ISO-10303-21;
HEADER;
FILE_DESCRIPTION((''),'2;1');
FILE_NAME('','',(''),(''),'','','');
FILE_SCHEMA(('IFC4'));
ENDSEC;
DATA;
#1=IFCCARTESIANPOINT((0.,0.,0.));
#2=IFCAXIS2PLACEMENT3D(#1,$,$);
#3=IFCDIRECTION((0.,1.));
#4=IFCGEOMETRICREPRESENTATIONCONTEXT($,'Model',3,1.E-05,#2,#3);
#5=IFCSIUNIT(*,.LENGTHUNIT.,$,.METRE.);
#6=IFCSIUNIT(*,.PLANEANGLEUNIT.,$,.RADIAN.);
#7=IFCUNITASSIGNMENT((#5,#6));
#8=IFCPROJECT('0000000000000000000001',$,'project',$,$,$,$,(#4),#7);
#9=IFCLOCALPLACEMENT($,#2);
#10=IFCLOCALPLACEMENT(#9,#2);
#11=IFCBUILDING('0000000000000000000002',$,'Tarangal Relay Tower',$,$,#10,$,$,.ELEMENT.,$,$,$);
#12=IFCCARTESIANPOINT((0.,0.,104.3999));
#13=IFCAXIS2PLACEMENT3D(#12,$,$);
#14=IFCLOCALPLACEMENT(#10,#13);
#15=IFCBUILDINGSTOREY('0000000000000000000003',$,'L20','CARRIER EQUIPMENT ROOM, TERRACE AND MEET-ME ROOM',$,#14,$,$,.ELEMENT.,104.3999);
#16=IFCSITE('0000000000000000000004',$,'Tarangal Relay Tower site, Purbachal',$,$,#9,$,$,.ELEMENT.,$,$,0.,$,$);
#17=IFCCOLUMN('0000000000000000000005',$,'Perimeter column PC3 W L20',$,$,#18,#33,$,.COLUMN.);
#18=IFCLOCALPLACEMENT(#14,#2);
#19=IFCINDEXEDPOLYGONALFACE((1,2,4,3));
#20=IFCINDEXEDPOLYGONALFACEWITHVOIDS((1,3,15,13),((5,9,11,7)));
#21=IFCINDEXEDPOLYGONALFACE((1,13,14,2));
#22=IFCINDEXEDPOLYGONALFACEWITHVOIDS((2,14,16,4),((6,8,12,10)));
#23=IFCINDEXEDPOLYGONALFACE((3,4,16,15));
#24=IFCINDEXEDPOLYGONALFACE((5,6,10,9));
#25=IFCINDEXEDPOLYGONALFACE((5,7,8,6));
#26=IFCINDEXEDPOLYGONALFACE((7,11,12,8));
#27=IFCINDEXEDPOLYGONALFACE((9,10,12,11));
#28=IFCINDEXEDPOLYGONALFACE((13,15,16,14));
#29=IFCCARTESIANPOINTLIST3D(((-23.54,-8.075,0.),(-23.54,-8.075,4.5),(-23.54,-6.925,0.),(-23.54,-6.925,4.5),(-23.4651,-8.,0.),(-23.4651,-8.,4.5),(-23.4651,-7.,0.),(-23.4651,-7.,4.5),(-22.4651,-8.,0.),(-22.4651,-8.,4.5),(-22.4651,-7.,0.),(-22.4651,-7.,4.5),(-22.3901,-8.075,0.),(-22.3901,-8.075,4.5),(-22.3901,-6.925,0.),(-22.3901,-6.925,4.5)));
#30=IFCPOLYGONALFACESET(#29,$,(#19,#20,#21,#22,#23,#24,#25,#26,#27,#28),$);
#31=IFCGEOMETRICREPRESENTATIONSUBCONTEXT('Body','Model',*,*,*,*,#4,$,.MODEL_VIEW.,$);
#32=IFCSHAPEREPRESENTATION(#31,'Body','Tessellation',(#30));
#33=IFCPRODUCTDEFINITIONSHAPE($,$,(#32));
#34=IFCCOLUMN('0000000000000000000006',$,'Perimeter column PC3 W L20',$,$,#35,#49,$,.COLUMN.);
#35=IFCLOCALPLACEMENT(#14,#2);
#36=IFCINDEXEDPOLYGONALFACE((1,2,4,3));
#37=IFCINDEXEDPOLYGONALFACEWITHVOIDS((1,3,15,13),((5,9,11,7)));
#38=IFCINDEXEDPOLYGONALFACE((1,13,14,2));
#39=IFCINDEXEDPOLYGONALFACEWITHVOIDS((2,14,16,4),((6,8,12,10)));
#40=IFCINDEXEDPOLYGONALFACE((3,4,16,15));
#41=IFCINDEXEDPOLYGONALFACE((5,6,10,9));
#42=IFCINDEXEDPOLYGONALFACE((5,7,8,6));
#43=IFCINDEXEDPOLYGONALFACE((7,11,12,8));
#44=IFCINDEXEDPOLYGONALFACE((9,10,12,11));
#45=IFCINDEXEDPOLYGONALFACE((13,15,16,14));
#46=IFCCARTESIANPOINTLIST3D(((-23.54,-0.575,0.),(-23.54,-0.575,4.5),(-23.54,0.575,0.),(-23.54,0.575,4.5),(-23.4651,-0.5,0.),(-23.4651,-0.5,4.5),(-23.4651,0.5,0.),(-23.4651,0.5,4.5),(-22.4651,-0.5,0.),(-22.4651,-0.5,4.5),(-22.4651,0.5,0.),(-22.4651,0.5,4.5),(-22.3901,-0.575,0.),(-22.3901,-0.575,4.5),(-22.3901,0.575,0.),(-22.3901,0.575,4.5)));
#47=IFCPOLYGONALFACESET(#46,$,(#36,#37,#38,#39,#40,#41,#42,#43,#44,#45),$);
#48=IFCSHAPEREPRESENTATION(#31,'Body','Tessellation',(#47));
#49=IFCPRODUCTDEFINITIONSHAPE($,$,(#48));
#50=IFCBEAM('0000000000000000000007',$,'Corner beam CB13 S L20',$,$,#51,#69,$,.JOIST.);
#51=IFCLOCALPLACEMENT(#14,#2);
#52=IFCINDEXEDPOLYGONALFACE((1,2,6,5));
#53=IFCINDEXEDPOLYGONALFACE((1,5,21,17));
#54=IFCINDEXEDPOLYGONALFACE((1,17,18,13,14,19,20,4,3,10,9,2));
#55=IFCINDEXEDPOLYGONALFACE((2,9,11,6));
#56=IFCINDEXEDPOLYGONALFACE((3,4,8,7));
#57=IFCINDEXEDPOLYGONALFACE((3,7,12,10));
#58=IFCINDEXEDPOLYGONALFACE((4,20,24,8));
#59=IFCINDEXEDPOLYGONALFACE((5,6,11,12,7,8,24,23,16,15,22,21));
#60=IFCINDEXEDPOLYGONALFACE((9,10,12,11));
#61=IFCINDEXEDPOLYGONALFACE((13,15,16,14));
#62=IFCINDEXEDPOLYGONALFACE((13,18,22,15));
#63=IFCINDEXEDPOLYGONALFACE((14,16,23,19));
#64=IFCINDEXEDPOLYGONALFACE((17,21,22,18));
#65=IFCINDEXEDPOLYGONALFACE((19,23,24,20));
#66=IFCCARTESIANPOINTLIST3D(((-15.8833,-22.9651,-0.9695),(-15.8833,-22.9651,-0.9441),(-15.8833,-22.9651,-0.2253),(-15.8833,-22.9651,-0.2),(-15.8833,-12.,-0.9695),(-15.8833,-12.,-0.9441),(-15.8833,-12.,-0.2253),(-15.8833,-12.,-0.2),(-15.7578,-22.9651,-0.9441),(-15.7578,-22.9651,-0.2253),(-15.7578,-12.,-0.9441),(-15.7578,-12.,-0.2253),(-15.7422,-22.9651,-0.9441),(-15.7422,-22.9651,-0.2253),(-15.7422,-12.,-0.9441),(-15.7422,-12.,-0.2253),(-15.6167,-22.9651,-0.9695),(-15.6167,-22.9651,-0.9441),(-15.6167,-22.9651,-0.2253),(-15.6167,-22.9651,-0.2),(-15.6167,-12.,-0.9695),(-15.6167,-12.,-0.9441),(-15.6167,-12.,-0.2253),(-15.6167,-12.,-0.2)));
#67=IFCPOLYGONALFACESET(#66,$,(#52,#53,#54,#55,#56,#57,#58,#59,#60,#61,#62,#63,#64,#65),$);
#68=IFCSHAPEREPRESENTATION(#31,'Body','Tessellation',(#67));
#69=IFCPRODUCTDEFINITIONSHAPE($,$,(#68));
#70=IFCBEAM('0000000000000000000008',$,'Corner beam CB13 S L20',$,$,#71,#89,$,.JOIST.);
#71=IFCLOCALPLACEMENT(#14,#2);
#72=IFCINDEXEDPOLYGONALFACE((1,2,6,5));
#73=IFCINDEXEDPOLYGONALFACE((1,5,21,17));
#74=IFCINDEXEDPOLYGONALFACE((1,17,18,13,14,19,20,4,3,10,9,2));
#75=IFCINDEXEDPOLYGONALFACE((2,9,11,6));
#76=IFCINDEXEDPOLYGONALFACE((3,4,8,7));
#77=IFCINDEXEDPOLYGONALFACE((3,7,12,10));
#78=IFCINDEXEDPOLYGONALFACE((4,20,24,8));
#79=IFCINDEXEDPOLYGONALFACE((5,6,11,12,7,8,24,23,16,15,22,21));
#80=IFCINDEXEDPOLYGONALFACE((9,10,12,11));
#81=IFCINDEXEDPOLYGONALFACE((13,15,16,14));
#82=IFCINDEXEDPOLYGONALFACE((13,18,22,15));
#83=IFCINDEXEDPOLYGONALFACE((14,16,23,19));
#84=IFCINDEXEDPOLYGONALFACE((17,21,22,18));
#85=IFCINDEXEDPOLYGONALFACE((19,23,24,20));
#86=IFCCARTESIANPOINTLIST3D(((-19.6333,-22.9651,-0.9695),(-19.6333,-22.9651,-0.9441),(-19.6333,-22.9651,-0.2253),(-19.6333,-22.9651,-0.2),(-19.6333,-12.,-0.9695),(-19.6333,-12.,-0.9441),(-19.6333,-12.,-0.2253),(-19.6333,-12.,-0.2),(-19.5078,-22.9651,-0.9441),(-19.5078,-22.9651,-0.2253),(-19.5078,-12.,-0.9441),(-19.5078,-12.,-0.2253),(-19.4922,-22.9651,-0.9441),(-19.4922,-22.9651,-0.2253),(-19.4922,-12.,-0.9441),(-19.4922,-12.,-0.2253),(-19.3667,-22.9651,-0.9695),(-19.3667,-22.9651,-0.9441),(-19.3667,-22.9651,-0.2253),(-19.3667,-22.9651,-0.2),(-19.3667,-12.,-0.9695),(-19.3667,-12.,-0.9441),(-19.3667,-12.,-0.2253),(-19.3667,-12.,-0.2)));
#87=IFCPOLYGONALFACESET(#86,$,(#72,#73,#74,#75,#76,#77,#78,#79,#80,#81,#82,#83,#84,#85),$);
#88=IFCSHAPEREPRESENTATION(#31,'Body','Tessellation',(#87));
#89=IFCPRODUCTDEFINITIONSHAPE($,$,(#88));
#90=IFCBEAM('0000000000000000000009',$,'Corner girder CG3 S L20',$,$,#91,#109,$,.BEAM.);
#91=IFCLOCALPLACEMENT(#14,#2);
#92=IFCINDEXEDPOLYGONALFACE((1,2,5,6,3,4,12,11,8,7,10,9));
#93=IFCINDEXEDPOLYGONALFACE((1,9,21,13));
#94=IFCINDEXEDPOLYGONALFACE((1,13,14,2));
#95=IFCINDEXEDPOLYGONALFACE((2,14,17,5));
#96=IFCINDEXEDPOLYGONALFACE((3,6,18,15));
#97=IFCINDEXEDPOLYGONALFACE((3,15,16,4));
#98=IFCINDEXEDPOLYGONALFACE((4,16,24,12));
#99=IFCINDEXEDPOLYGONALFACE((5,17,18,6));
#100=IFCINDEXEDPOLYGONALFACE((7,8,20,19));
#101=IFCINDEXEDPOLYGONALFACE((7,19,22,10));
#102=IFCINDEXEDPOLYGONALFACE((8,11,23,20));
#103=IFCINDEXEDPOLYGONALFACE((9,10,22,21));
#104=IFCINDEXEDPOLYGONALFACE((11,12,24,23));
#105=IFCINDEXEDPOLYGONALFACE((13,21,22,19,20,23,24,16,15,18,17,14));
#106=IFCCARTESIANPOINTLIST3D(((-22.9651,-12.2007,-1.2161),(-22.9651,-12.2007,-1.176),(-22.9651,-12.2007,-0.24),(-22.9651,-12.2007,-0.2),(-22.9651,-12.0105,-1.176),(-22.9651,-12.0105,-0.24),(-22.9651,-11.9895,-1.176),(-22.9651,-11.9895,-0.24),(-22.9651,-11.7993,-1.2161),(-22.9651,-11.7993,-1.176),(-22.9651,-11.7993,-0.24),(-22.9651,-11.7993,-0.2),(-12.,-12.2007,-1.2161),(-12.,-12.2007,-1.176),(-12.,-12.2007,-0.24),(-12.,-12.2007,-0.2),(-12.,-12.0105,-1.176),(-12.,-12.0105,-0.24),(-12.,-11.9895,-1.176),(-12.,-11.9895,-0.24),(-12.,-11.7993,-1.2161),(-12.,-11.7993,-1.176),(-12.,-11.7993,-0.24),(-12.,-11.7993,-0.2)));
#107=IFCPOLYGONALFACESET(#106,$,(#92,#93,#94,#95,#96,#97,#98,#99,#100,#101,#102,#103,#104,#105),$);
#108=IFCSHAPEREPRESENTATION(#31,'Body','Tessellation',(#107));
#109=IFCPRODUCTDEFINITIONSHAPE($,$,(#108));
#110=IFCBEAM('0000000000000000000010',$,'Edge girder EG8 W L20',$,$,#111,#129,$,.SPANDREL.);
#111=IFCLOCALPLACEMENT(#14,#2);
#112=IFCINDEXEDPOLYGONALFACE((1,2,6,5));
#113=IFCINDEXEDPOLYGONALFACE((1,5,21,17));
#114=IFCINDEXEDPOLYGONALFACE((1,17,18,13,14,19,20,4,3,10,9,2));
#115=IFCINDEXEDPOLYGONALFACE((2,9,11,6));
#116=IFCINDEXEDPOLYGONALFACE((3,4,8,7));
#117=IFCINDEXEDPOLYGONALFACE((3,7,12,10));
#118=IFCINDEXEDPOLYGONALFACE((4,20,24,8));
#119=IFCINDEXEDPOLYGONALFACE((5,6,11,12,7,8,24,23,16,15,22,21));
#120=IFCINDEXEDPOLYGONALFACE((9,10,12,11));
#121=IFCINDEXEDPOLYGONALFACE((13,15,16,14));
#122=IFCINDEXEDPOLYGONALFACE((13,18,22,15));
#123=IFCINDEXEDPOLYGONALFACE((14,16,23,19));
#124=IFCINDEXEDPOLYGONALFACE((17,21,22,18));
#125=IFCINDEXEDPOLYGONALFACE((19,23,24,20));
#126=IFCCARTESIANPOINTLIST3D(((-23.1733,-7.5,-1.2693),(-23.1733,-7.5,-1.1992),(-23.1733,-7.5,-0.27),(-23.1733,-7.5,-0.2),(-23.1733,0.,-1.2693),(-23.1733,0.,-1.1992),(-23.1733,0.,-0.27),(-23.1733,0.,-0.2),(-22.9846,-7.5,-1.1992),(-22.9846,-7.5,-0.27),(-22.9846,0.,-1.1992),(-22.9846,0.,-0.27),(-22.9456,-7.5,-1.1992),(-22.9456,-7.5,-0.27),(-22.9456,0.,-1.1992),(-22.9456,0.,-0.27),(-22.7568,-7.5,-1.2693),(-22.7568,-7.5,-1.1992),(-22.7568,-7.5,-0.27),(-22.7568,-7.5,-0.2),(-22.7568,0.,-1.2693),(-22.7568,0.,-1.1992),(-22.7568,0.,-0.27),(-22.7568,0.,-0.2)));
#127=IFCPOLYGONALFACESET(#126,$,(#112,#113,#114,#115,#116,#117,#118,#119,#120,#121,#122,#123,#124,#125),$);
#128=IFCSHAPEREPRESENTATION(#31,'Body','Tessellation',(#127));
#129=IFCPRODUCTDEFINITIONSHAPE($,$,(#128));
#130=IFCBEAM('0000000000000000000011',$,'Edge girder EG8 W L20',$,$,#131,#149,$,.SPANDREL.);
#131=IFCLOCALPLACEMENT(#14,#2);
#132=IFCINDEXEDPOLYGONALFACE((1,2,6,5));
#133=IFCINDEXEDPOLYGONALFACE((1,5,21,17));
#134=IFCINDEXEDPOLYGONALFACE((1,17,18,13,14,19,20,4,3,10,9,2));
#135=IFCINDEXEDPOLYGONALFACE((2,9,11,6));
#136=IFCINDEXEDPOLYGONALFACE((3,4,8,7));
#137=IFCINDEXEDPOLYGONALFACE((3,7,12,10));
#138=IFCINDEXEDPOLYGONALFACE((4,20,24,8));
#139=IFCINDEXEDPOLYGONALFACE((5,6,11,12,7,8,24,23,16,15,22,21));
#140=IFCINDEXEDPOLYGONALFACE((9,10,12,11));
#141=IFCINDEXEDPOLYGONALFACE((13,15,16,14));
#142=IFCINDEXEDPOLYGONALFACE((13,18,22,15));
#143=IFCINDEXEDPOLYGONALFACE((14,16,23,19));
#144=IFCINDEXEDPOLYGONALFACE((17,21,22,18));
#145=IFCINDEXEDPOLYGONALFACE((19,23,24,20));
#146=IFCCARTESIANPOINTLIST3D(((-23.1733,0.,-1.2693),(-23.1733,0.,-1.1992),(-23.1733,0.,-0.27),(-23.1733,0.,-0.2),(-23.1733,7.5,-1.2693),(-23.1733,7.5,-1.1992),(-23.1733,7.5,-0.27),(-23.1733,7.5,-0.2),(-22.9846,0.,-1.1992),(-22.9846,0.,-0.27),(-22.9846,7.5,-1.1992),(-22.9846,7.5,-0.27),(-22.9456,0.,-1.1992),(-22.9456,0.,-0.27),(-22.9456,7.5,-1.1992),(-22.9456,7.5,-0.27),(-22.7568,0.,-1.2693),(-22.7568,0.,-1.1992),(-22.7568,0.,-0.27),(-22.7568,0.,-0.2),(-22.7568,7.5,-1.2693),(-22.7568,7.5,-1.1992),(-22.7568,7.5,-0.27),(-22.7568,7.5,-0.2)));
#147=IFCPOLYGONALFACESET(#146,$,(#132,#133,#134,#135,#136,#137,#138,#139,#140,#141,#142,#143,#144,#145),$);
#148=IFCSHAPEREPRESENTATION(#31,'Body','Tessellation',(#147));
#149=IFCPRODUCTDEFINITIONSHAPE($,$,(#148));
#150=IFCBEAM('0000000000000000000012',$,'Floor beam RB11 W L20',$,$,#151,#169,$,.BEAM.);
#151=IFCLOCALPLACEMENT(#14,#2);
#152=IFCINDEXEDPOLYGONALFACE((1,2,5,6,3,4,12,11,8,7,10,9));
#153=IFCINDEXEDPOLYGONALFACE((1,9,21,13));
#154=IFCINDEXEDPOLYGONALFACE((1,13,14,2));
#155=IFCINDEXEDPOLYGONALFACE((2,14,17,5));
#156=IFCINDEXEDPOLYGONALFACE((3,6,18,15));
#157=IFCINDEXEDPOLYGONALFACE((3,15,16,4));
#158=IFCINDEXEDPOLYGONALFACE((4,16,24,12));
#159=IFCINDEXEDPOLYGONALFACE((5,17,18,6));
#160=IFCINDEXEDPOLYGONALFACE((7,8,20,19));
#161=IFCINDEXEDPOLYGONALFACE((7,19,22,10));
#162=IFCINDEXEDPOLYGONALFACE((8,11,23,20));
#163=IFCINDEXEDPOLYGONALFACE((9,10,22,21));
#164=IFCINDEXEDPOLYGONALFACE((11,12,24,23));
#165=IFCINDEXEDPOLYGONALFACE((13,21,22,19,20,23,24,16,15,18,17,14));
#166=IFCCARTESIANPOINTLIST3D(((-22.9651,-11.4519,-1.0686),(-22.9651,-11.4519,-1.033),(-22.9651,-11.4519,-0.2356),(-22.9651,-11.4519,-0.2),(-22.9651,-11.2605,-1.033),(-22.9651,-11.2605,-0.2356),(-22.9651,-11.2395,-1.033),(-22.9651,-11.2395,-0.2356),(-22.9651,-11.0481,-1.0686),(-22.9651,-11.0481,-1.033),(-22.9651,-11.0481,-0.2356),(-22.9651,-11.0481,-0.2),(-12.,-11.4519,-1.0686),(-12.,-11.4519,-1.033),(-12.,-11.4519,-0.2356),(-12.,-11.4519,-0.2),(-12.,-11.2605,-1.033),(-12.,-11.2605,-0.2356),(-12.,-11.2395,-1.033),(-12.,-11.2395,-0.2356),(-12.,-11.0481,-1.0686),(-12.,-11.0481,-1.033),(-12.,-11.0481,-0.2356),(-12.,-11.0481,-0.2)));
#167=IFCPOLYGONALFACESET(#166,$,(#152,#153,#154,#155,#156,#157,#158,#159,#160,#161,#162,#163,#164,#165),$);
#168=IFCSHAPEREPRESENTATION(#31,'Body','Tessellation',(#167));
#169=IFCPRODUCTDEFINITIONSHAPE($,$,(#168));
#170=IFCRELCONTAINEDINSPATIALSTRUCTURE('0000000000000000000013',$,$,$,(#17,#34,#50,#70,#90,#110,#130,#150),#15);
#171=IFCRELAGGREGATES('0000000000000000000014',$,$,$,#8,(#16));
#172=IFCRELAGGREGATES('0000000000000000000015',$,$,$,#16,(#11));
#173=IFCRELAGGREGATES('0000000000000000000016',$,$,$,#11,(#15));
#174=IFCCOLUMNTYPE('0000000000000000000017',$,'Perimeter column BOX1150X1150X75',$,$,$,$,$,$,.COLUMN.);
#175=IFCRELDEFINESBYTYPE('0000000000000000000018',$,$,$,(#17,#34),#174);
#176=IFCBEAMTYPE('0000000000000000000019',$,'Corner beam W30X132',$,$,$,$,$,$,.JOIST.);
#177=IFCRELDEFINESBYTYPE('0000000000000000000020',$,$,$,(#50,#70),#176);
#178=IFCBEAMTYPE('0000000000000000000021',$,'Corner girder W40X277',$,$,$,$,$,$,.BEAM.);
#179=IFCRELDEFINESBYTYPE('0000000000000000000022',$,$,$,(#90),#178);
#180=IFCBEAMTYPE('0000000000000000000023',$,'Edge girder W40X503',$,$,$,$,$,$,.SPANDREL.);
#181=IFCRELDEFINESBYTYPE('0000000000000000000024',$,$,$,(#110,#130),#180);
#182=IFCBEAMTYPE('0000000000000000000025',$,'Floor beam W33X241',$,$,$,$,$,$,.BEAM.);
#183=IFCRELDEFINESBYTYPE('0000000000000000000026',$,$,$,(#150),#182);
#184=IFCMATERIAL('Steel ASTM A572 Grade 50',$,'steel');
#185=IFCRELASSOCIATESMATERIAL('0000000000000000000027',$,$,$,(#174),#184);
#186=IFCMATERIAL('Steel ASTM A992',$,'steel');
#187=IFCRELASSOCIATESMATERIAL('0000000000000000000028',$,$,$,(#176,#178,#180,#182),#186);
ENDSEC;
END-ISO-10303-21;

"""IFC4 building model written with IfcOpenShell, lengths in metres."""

from ifc_helpers import new_model, si_unit, direction, frame, origin, origin_2d, place, context, subcontext, project, spatial, hollow_rectangle, i_section, extrude, material, material_profile, profile_set, type_object, element, save


model = new_model("IFC4")

# Units and contexts
model_context = context("Model", 3, precision=1e-05, world=origin(), true_north=direction((0.0, 1.0)))
body_context = subcontext(model_context, "Body", "Model", "MODEL_VIEW")
ifc_project = project(units=[si_unit("LENGTHUNIT", "METRE"), si_unit("PLANEANGLEUNIT", "RADIAN")], contexts=[model_context])

# Site, building, storey
site_placement = place(None, origin())
site = spatial("IfcSite", under=ifc_project, at=site_placement, Name="Tarangal Relay Tower site, Purbachal", CompositionType="ELEMENT", RefElevation=0.0)
building_placement = place(site_placement, origin())
building = spatial("IfcBuilding", under=site, at=building_placement, Name="Tarangal Relay Tower", CompositionType="ELEMENT")
storey_placement = place(building_placement, frame((0.0, 0.0, 104.3999)))
storey = spatial("IfcBuildingStorey", under=building, at=storey_placement, Name="L20", Description="CARRIER EQUIPMENT ROOM, TERRACE AND MEET-ME ROOM", CompositionType="ELEMENT", Elevation=104.3999)

# Columns
ifc_material_1 = material(Name="Steel ASTM A572 Grade 50", Category="steel")
ifc_material_profile_1 = material_profile(ifc_material_1, hollow_rectangle(XDim=1.1499, YDim=1.1499, WallThickness=0.075, at=origin_2d()), Name="BOX1150X1150X75")
ifc_profile_set_1 = profile_set([ifc_material_profile_1], Name="Steel ASTM A572 Grade 50")
column_type = type_object("IfcColumnType", Name="Perimeter column BOX1150X1150X75", PredefinedType="COLUMN", material=ifc_profile_set_1)
for number, where, z_axis, x_axis, name in (
    (1, (-22.9651, -7.5, 0.0), (0.0, 0.0, 1.0), (1.0, 0.0, 0.0), "Perimeter column PC3 W L20"),
    (2, (-22.9651, 0.0, 0.0), (0.0, 0.0, 1.0), (1.0, 0.0, 0.0), "Perimeter column PC3 W L20"),
):
    element("IfcColumn", number, at=place(storey_placement, frame(where, z_axis=z_axis, x_axis=x_axis)), inside=storey, type_object=column_type, Name=name, PredefinedType="COLUMN", context=body_context, shape_type="SweptSolid", body=[
        extrude(hollow_rectangle(XDim=1.1499, YDim=1.1499, WallThickness=0.075, at=origin_2d()), origin(), (0.0, 0.0, 1.0), 4.5),
    ])

# Beams
ifc_material_2 = material(Name="Steel ASTM A992", Category="steel")
ifc_material_profile_2 = material_profile(ifc_material_2, i_section(OverallWidth=0.2666, OverallDepth=0.7695, WebThickness=0.0156, FlangeThickness=0.0254, at=origin_2d()), Name="W30X132")
ifc_profile_set_2 = profile_set([ifc_material_profile_2], Name="Steel ASTM A992")
beam_type_1 = type_object("IfcBeamType", Name="Corner beam W30X132", PredefinedType="JOIST", material=ifc_profile_set_2)
for number, where, z_axis, x_axis, name in (
    (3, (-15.75, -12.0, -0.5847), (0.0, -1.0, 0.0), (1.0, 0.0, 0.0), "Corner beam CB13 S L20"),
    (4, (-19.5, -12.0, -0.5847), (0.0, -1.0, 0.0), (1.0, 0.0, 0.0), "Corner beam CB13 S L20"),
):
    element("IfcBeam", number, at=place(storey_placement, frame(where, z_axis=z_axis, x_axis=x_axis)), inside=storey, type_object=beam_type_1, Name=name, PredefinedType="JOIST", context=body_context, shape_type="SweptSolid", body=[
        extrude(i_section(OverallWidth=0.2666, OverallDepth=0.7695, WebThickness=0.0156, FlangeThickness=0.0254, at=origin_2d()), origin(), (0.0, 0.0, 1.0), 10.9651),
    ])
ifc_material_profile_3 = material_profile(ifc_material_2, i_section(OverallWidth=0.4014, OverallDepth=1.0161, WebThickness=0.021, FlangeThickness=0.04, at=origin_2d()), Name="W40X277")
ifc_profile_set_3 = profile_set([ifc_material_profile_3], Name="Steel ASTM A992")
beam_type_2 = type_object("IfcBeamType", Name="Corner girder W40X277", PredefinedType="BEAM", material=ifc_profile_set_3)
beam_1_placement = place(storey_placement, frame((-12.0, -12.0, -0.708), z_axis=(-1.0, 0.0, 0.0), x_axis=(0.0, -1.0, 0.0)))
element("IfcBeam", 5, at=beam_1_placement, inside=storey, type_object=beam_type_2, Name="Corner girder CG3 S L20", PredefinedType="BEAM", context=body_context, shape_type="SweptSolid", body=[
    extrude(i_section(OverallWidth=0.4014, OverallDepth=1.0161, WebThickness=0.021, FlangeThickness=0.04, at=origin_2d()), origin(), (0.0, 0.0, 1.0), 10.9651),
])
ifc_material_profile_4 = material_profile(ifc_material_2, i_section(OverallWidth=0.4165, OverallDepth=1.0693, WebThickness=0.0391, FlangeThickness=0.0701, at=origin_2d()), Name="W40X503")
ifc_profile_set_4 = profile_set([ifc_material_profile_4], Name="Steel ASTM A992")
beam_type_3 = type_object("IfcBeamType", Name="Edge girder W40X503", PredefinedType="SPANDREL", material=ifc_profile_set_4)
for number, where, z_axis, x_axis, name in (
    (6, (-22.9651, -7.5, -0.7346), (0.0, 1.0, 0.0), (-1.0, 0.0, 0.0), "Edge girder EG8 W L20"),
    (7, (-22.9651, 0.0, -0.7346), (0.0, 1.0, 0.0), (-1.0, 0.0, 0.0), "Edge girder EG8 W L20"),
):
    element("IfcBeam", number, at=place(storey_placement, frame(where, z_axis=z_axis, x_axis=x_axis)), inside=storey, type_object=beam_type_3, Name=name, PredefinedType="SPANDREL", context=body_context, shape_type="SweptSolid", body=[
        extrude(i_section(OverallWidth=0.4165, OverallDepth=1.0693, WebThickness=0.0391, FlangeThickness=0.0701, at=origin_2d()), origin(), (0.0, 0.0, 1.0), 7.5),
    ])
ifc_material_profile_5 = material_profile(ifc_material_2, i_section(OverallWidth=0.4038, OverallDepth=0.8687, WebThickness=0.021, FlangeThickness=0.0356, at=origin_2d()), Name="W33X241")
ifc_profile_set_5 = profile_set([ifc_material_profile_5], Name="Steel ASTM A992")
beam_type_4 = type_object("IfcBeamType", Name="Floor beam W33X241", PredefinedType="BEAM", material=ifc_profile_set_5)
beam_2_placement = place(storey_placement, frame((-12.0, -11.25, -0.6343), z_axis=(-1.0, 0.0, 0.0), x_axis=(0.0, -1.0, 0.0)))
element("IfcBeam", 8, at=beam_2_placement, inside=storey, type_object=beam_type_4, Name="Floor beam RB11 W L20", PredefinedType="BEAM", context=body_context, shape_type="SweptSolid", body=[
    extrude(i_section(OverallWidth=0.4038, OverallDepth=0.8687, WebThickness=0.021, FlangeThickness=0.0356, at=origin_2d()), origin(), (0.0, 0.0, 1.0), 10.9651),
])

save(model, "model.ifc")
